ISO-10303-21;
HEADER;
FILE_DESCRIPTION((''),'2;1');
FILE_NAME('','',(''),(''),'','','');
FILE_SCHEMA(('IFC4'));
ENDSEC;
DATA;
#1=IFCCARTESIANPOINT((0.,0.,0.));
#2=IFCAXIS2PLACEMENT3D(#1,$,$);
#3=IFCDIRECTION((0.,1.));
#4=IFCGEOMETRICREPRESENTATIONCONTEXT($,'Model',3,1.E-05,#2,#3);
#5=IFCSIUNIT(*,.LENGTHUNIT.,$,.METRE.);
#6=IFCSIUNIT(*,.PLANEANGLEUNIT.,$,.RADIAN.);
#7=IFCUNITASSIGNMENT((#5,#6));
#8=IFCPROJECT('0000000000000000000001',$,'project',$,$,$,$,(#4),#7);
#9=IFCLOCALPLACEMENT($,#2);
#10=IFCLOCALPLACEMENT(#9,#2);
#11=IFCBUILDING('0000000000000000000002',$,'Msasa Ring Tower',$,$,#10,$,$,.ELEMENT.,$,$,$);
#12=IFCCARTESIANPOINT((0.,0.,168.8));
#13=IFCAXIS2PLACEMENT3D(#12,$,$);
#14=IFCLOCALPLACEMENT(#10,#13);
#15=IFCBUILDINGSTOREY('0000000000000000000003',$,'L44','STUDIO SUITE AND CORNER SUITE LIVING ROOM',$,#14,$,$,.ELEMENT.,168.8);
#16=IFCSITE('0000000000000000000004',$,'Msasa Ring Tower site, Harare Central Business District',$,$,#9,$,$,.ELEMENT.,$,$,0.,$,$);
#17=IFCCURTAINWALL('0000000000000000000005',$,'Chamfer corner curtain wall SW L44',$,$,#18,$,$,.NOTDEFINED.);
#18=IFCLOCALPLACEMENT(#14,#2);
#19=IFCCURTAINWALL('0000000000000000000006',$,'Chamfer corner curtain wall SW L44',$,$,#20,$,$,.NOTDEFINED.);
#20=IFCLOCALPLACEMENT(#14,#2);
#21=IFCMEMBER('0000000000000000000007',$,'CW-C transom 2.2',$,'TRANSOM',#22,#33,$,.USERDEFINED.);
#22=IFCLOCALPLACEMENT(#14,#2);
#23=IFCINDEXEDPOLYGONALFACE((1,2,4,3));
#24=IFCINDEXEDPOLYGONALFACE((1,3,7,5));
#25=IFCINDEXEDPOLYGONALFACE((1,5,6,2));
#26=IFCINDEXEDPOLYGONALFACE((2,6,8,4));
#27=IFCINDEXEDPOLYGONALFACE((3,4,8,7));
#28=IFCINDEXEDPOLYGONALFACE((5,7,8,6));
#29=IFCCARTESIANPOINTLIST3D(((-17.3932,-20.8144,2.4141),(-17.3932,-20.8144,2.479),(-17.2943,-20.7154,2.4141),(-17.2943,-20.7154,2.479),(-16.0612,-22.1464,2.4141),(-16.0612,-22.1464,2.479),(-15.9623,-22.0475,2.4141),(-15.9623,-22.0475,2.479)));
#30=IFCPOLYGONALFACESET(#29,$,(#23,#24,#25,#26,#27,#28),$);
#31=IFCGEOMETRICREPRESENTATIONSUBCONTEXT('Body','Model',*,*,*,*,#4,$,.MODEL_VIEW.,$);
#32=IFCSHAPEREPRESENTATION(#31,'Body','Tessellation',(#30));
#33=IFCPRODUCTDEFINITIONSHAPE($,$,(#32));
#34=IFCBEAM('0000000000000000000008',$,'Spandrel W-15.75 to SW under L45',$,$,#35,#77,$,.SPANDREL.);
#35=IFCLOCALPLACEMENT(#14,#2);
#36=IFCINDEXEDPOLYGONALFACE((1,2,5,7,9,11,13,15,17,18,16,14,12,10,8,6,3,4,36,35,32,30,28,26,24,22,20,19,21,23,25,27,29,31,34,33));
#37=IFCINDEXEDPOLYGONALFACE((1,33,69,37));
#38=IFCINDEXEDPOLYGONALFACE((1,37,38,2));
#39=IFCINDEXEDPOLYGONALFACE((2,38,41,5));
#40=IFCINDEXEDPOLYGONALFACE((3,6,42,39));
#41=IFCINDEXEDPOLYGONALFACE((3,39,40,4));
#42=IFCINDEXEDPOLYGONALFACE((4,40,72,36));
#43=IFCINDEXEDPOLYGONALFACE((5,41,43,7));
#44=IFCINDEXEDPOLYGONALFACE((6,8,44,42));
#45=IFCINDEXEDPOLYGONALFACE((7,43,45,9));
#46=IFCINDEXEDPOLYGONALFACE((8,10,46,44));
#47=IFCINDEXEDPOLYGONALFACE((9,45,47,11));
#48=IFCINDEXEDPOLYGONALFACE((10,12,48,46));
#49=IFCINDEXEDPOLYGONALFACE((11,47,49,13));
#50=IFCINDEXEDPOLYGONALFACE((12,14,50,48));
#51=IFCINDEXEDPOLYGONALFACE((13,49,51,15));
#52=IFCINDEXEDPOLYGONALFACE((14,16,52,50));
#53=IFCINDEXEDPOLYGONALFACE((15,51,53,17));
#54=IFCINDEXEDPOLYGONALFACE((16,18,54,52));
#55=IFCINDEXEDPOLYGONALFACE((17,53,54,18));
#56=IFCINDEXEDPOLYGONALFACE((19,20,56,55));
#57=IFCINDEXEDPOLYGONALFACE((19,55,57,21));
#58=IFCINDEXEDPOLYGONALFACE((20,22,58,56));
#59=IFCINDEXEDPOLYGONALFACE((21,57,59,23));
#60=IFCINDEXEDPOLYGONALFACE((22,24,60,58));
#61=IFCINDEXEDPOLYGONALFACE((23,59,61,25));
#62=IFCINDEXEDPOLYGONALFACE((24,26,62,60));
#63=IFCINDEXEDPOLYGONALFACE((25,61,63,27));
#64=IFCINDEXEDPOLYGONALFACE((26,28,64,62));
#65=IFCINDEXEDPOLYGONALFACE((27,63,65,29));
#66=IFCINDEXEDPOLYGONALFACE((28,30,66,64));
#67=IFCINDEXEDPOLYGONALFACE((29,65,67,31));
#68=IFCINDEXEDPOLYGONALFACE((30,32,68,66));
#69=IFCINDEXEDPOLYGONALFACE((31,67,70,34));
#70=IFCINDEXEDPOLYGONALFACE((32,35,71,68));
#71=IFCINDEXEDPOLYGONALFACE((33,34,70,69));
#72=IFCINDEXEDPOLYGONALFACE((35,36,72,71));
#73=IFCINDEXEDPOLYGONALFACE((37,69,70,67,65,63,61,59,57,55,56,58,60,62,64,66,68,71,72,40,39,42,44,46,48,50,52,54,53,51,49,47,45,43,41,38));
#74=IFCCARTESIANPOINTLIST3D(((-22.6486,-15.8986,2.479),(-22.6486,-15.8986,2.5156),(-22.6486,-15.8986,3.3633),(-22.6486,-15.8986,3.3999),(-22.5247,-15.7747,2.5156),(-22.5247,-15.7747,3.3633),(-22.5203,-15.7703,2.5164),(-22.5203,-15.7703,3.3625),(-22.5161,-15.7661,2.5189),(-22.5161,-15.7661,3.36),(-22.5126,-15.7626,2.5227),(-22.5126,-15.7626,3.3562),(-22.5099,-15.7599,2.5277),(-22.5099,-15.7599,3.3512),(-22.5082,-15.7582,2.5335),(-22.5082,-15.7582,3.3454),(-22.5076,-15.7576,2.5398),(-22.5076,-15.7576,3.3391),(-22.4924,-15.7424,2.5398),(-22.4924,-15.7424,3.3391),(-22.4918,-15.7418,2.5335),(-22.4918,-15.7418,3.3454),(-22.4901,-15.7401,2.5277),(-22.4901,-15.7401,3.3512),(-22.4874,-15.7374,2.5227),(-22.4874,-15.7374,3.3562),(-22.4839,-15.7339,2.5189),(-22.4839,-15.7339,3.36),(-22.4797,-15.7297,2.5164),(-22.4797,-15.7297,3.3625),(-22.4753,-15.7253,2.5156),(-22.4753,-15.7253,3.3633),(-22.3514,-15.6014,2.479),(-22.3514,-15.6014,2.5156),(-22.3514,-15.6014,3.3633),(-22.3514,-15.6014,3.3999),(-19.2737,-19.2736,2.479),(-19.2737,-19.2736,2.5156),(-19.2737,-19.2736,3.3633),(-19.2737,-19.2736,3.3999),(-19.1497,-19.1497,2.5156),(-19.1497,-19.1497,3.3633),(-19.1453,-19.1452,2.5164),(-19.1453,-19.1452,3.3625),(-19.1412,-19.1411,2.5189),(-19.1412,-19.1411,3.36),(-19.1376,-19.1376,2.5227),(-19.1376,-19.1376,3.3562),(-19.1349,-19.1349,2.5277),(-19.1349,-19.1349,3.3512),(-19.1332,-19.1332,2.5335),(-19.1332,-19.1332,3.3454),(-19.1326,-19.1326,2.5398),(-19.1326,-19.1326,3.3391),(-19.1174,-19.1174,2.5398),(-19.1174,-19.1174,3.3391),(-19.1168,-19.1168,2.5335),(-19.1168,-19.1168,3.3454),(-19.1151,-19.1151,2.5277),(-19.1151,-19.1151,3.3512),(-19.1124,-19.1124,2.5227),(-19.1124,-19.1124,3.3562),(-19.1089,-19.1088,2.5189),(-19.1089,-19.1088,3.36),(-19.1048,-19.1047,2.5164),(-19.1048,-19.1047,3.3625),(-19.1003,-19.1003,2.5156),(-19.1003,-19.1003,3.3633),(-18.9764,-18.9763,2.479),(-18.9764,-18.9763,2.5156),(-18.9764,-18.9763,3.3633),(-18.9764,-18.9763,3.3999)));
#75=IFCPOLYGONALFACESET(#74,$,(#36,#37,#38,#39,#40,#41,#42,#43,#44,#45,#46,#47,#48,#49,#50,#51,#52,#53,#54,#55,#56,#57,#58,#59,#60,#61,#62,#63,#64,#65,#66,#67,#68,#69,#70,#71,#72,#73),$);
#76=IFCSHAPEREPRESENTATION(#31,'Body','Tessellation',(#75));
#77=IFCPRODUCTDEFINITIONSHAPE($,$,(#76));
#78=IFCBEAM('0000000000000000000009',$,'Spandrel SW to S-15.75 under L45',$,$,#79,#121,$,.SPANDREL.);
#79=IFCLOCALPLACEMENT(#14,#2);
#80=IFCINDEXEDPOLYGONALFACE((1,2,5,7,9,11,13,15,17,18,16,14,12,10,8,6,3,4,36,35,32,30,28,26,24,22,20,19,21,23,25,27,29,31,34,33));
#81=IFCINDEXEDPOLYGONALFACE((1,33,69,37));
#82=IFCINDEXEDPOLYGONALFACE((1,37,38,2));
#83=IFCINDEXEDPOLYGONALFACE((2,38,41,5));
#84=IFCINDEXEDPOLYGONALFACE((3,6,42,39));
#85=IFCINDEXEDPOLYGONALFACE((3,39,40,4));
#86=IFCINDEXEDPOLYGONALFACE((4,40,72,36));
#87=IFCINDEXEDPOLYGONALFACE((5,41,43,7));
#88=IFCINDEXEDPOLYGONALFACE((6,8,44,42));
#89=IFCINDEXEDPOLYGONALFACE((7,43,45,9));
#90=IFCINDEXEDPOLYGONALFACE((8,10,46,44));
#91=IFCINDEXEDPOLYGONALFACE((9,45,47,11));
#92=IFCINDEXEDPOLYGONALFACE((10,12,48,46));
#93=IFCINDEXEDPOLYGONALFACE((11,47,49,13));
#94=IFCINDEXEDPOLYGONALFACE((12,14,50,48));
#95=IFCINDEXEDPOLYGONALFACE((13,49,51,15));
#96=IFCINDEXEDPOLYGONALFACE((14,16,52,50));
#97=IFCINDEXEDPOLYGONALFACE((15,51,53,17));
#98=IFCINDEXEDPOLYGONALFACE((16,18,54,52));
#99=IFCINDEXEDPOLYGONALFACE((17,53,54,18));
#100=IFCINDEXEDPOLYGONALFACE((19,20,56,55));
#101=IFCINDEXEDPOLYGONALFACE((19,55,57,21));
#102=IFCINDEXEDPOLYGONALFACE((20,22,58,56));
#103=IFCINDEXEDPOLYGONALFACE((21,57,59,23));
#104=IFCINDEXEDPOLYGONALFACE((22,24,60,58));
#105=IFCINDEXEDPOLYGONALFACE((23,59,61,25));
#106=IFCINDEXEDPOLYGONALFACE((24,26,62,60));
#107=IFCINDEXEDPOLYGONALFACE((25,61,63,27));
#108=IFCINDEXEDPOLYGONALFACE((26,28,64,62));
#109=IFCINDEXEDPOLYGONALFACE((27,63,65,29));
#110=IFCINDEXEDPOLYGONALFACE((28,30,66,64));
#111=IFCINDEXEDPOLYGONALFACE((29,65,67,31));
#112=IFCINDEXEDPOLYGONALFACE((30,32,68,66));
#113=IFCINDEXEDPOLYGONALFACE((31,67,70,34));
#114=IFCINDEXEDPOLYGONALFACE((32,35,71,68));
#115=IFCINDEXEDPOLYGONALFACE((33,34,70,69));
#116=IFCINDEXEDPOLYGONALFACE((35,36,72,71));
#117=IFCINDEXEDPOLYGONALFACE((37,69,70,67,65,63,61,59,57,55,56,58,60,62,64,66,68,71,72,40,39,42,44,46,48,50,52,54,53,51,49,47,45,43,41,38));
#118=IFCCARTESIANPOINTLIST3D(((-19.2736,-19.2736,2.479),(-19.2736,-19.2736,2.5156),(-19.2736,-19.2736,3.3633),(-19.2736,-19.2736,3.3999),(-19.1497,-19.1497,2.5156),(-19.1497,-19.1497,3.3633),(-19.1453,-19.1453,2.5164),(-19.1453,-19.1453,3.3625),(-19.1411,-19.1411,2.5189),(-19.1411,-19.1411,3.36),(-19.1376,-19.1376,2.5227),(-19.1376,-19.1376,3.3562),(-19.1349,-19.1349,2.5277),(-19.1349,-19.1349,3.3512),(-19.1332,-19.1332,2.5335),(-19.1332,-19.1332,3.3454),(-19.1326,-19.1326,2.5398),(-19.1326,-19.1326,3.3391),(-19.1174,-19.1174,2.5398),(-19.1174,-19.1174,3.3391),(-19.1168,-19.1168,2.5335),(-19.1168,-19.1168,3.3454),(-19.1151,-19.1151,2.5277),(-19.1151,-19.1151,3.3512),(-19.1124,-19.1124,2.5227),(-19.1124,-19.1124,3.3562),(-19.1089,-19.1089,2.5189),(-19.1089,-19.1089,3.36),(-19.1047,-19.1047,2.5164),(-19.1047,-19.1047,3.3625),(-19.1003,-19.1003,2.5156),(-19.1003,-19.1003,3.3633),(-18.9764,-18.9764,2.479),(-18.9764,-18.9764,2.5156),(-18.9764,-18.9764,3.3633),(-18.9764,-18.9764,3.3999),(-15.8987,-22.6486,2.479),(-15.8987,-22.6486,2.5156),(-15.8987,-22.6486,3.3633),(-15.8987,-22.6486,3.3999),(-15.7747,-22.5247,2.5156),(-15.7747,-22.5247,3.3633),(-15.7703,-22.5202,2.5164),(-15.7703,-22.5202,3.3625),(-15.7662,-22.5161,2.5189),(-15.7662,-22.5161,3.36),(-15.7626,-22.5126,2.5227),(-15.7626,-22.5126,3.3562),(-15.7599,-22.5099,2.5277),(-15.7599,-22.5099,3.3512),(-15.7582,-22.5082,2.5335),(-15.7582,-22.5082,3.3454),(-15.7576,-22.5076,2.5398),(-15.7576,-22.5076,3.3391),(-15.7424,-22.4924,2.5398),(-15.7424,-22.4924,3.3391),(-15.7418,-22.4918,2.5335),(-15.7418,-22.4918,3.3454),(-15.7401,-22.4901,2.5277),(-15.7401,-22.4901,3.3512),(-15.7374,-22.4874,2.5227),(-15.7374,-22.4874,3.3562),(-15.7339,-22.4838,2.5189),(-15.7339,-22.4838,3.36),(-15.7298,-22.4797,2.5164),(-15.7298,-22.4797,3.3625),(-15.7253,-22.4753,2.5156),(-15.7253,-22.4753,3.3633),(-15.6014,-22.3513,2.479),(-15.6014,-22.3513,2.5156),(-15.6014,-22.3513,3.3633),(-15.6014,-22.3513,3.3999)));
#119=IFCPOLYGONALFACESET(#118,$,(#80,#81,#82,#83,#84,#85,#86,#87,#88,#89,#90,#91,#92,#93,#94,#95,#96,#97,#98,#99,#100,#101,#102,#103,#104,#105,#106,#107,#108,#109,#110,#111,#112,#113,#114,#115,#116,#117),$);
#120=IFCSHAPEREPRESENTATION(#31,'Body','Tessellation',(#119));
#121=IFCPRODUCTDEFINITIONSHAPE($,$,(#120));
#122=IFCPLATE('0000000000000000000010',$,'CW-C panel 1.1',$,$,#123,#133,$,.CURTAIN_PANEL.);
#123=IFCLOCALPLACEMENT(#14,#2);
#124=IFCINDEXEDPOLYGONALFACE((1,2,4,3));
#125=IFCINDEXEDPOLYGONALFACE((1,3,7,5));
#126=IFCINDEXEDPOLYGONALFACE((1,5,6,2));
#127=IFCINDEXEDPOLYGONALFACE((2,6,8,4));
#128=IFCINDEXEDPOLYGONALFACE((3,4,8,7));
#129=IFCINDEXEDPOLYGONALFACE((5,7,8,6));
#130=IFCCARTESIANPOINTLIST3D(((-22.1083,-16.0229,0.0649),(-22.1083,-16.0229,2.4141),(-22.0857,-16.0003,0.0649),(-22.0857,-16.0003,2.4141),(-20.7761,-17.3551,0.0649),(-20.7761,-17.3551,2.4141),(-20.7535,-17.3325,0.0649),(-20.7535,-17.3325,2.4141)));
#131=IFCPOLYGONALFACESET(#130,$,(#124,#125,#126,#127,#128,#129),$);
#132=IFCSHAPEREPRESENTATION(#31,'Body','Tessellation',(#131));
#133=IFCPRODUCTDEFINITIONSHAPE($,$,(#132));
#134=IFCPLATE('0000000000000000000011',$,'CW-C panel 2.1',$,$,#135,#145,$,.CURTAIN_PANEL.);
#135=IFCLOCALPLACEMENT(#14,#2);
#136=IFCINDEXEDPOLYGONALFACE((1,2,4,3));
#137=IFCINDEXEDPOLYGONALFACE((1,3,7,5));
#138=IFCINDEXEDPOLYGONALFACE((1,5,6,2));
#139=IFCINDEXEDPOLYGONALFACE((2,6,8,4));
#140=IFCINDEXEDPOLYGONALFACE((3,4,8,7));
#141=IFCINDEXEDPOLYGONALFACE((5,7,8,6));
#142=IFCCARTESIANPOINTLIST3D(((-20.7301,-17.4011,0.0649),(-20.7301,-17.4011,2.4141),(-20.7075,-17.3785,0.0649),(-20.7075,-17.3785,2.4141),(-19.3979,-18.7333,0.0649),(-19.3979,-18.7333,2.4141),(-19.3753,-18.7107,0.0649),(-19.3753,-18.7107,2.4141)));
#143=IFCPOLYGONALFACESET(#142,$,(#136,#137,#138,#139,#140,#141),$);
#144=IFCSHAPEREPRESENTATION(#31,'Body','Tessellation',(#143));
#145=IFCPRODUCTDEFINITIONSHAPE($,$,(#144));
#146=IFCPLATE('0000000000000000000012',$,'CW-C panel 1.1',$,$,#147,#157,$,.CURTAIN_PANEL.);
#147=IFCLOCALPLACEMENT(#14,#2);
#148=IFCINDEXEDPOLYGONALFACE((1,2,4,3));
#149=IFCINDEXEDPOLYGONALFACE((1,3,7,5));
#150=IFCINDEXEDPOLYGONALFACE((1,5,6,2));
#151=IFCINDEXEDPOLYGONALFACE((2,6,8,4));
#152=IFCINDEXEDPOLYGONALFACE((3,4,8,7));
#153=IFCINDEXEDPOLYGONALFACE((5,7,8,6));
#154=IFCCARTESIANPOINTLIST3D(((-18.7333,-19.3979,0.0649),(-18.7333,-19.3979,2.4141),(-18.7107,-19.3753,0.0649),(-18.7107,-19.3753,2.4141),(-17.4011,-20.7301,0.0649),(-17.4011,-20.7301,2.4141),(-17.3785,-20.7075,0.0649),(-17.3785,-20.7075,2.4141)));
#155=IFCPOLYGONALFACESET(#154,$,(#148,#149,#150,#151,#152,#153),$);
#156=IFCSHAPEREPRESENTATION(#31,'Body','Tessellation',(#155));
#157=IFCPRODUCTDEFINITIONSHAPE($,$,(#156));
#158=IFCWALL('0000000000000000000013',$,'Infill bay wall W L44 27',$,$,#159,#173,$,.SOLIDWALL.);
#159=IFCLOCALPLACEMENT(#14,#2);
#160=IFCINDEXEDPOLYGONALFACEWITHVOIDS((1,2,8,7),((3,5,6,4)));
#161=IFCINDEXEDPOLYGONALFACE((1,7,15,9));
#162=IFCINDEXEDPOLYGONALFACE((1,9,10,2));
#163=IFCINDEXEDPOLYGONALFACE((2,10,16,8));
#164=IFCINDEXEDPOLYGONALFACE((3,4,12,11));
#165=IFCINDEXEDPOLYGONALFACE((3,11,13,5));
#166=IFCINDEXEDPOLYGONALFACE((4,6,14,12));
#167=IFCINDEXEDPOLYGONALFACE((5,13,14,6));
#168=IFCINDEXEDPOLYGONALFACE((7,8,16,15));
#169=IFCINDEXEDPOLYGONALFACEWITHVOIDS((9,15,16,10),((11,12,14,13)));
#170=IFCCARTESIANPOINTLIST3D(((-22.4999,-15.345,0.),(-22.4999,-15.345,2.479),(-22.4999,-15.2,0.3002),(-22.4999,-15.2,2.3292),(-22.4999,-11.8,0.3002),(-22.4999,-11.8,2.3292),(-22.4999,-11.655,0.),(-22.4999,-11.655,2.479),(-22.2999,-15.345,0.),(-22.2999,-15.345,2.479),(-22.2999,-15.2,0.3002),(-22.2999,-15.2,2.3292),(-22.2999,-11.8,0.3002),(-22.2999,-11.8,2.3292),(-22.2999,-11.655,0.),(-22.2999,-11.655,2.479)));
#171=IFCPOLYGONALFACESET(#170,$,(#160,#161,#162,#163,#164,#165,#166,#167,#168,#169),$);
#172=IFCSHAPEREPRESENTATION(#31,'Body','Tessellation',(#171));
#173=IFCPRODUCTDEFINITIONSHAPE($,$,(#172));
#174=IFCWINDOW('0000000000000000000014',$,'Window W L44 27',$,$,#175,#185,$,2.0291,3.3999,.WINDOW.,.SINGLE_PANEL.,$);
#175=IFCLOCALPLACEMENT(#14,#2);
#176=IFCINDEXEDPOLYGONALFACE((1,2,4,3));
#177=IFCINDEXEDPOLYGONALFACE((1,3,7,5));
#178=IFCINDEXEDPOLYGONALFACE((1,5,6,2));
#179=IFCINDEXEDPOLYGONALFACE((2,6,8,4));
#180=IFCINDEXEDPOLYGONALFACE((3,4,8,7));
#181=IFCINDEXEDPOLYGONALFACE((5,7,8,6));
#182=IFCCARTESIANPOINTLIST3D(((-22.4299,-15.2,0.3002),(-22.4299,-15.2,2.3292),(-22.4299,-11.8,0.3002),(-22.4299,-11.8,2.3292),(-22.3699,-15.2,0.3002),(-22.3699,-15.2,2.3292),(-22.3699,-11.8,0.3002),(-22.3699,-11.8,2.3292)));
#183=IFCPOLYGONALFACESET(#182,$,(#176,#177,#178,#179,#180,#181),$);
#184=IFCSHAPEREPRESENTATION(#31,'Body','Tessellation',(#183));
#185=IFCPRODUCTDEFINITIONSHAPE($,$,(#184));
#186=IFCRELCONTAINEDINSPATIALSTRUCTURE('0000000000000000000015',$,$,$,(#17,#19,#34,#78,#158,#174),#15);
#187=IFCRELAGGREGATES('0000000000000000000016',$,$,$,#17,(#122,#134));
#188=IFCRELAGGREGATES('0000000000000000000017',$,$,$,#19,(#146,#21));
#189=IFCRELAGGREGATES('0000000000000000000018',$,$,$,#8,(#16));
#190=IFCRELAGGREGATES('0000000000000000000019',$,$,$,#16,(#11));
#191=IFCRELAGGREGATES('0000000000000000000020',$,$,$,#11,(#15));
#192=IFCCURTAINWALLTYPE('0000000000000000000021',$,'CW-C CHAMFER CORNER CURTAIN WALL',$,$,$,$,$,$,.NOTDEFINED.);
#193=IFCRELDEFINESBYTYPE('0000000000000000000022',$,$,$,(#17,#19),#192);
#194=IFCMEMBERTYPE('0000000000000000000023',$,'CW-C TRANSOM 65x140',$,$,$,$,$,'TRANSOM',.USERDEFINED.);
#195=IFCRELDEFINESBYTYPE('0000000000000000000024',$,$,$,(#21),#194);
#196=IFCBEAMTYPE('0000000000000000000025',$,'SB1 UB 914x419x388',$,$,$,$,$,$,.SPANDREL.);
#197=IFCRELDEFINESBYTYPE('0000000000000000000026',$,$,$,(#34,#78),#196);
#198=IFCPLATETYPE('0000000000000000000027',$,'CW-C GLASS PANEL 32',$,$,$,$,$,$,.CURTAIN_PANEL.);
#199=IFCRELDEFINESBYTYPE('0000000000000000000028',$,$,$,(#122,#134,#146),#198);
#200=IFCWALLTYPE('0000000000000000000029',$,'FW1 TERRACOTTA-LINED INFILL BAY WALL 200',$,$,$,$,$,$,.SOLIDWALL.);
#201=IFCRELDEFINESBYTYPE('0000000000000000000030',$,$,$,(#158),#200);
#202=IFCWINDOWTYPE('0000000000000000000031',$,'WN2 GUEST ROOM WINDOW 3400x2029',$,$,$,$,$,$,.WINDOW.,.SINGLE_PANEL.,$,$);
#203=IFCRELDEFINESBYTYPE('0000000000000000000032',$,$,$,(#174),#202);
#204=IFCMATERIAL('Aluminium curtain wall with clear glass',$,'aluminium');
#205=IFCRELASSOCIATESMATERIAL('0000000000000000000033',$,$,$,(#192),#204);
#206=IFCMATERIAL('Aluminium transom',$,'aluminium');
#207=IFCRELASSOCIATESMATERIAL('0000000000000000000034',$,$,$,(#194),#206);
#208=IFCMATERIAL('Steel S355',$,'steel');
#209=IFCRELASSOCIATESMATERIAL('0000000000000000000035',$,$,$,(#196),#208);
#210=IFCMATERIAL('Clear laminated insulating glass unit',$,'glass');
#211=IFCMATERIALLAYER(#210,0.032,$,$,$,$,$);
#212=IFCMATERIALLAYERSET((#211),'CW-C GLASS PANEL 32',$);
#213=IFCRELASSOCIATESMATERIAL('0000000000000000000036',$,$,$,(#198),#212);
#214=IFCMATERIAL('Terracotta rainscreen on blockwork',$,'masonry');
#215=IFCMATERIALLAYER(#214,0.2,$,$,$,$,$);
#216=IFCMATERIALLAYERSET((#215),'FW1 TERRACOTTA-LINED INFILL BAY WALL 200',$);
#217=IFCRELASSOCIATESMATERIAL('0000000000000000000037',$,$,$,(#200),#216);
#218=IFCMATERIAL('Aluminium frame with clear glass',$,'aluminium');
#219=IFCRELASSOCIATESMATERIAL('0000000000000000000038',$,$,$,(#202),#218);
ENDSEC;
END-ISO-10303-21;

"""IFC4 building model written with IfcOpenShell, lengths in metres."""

from ifc_helpers import new_model, si_unit, direction, frame, frame_2d, origin, origin_2d, place, context, subcontext, project, spatial, rectangle, i_section, extrude, material, layer, layer_set, material_profile, profile_set, type_object, element, fill, aggregate, save


model = new_model("IFC4")

# Units and contexts
model_context = context("Model", 3, precision=1e-05, world=origin(), true_north=direction((0.0, 1.0)))
body_context = subcontext(model_context, "Body", "Model", "MODEL_VIEW")
ifc_project = project(units=[si_unit("LENGTHUNIT", "METRE"), si_unit("PLANEANGLEUNIT", "RADIAN")], contexts=[model_context])

# Site, building, storey
site_placement = place(None, origin())
site = spatial("IfcSite", under=ifc_project, at=site_placement, Name="Msasa Ring Tower site, Harare Central Business District", CompositionType="ELEMENT", RefElevation=0.0)
building_placement = place(site_placement, origin())
building = spatial("IfcBuilding", under=site, at=building_placement, Name="Msasa Ring Tower", CompositionType="ELEMENT")
storey_placement = place(building_placement, frame((0.0, 0.0, 168.8)))
storey = spatial("IfcBuildingStorey", under=building, at=storey_placement, Name="L44", Description="STUDIO SUITE AND CORNER SUITE LIVING ROOM", CompositionType="ELEMENT", Elevation=168.8)

# Curtain walls
ifc_material_1 = material(Name="Aluminium curtain wall with clear glass", Category="aluminium")
curtain_wall_type = type_object("IfcCurtainWallType", Name="CW-C CHAMFER CORNER CURTAIN WALL", PredefinedType="NOTDEFINED", material=ifc_material_1)
curtain_wall_1_placement = place(storey_placement, origin())
curtain_wall_1 = element("IfcCurtainWall", 1, at=curtain_wall_1_placement, inside=storey, type_object=curtain_wall_type, Name="Chamfer corner curtain wall SW L44", PredefinedType="NOTDEFINED")
curtain_wall_2_placement = place(storey_placement, origin())
curtain_wall_2 = element("IfcCurtainWall", 2, at=curtain_wall_2_placement, inside=storey, type_object=curtain_wall_type, Name="Chamfer corner curtain wall SW L44", PredefinedType="NOTDEFINED")

# Member
ifc_material_2 = material(Name="Aluminium transom", Category="aluminium")
ifc_material_profile_1 = material_profile(ifc_material_2, rectangle(XDim=0.1399, YDim=0.0649, at=origin_2d()), Name="AL 65x140")
ifc_profile_set_1 = profile_set([ifc_material_profile_1], Name="Aluminium transom")
member_type_1 = type_object("IfcMemberType", Name="CW-C TRANSOM 65x140", ElementType="TRANSOM", PredefinedType="USERDEFINED", material=ifc_profile_set_1)
member_1_placement = place(storey_placement, frame((-17.3438, -20.7649, 2.4465), z_axis=(0.707107, -0.707107, 0.0), x_axis=(0.707107, 0.707107, 0.0)))
member_1 = element("IfcMember", 3, at=member_1_placement, type_object=member_type_1, Name="CW-C transom 2.2", ObjectType="TRANSOM", PredefinedType="USERDEFINED", context=body_context, shape_type="SweptSolid", body=[
    extrude(rectangle(XDim=0.1399, YDim=0.0649, at=origin_2d()), origin(), (0.0, 0.0, 1.0), 1.8838),
])

# Beams
ifc_material_3 = material(Name="Steel S355", Category="steel")
ifc_material_profile_2 = material_profile(ifc_material_3, i_section(OverallWidth=0.4204, OverallDepth=0.9209, WebThickness=0.0215, FlangeThickness=0.0366, FilletRadius=0.0242, at=origin_2d()), Name="UB 914x419x388")
ifc_profile_set_2 = profile_set([ifc_material_profile_2], Name="Steel S355")
beam_type = type_object("IfcBeamType", Name="SB1 UB 914x419x388", PredefinedType="SPANDREL", material=ifc_profile_set_2)
for number, where, z_axis, x_axis, name in (
    (4, (-22.5, -15.75, 2.9395), (0.707107, -0.707107, 0.0), (0.707107, 0.707107, 0.0), "Spandrel W-15.75 to SW under L45"),
    (5, (-19.125, -19.125, 2.9395), (0.707107, -0.707107, 0.0), (0.707107, 0.707107, 0.0), "Spandrel SW to S-15.75 under L45"),
):
    element("IfcBeam", number, at=place(storey_placement, frame(where, z_axis=z_axis, x_axis=x_axis)), inside=storey, type_object=beam_type, Name=name, PredefinedType="SPANDREL", context=body_context, shape_type="SweptSolid", body=[
        extrude(i_section(OverallWidth=0.4204, OverallDepth=0.9209, WebThickness=0.0215, FlangeThickness=0.0366, FilletRadius=0.0242, at=origin_2d()), origin(), (0.0, 0.0, 1.0), 4.7729),
    ])

# Plates
ifc_material_4 = material(Name="Clear laminated insulating glass unit", Category="glass")
ifc_layer_1 = layer(ifc_material_4, 0.032)
ifc_layer_set_1 = layer_set([ifc_layer_1], Name="CW-C GLASS PANEL 32")
plate_type = type_object("IfcPlateType", Name="CW-C GLASS PANEL 32", PredefinedType="CURTAIN_PANEL", material=ifc_layer_set_1)
plate_1_placement = place(storey_placement, frame((-21.4309, -16.6777, 0.0649), z_axis=(0.0, 0.0, 1.0), x_axis=(0.707107, -0.707107, 0.0)))
plate_1 = element("IfcPlate", 6, at=plate_1_placement, type_object=plate_type, Name="CW-C panel 1.1", PredefinedType="CURTAIN_PANEL", context=body_context, shape_type="SweptSolid", body=[
    extrude(rectangle(XDim=1.884, YDim=0.032, at=origin_2d()), origin(), (0.0, 0.0, 1.0), 2.3491),
])
plate_2_placement = place(storey_placement, frame((-20.0527, -18.0559, 0.0649), z_axis=(0.0, 0.0, 1.0), x_axis=(0.707107, -0.707107, 0.0)))
plate_2 = element("IfcPlate", 7, at=plate_2_placement, type_object=plate_type, Name="CW-C panel 2.1", PredefinedType="CURTAIN_PANEL", context=body_context, shape_type="SweptSolid", body=[
    extrude(rectangle(XDim=1.884, YDim=0.032, at=origin_2d()), origin(), (0.0, 0.0, 1.0), 2.3491),
])
aggregate(curtain_wall_1, [plate_1, plate_2])
plate_3_placement = place(storey_placement, frame((-18.0559, -20.0527, 0.0649), z_axis=(0.0, 0.0, 1.0), x_axis=(0.707107, -0.707107, 0.0)))
plate_3 = element("IfcPlate", 8, at=plate_3_placement, type_object=plate_type, Name="CW-C panel 1.1", PredefinedType="CURTAIN_PANEL", context=body_context, shape_type="SweptSolid", body=[
    extrude(rectangle(XDim=1.884, YDim=0.032, at=origin_2d()), origin(), (0.0, 0.0, 1.0), 2.3491),
])
aggregate(curtain_wall_2, [plate_3, member_1])

# Wall, opening, window
ifc_material_5 = material(Name="Terracotta rainscreen on blockwork", Category="masonry")
ifc_layer_2 = layer(ifc_material_5, 0.2)
ifc_layer_set_2 = layer_set([ifc_layer_2], Name="FW1 TERRACOTTA-LINED INFILL BAY WALL 200")
wall_type_1 = type_object("IfcWallType", Name="FW1 TERRACOTTA-LINED INFILL BAY WALL 200", PredefinedType="SOLIDWALL", material=ifc_layer_set_2)
wall_1_placement = place(storey_placement, frame((-22.3999, -15.345, 0.0), z_axis=(0.0, 0.0, 1.0), x_axis=(0.0, 1.0, 0.0)))
wall_1 = element("IfcWall", 9, at=wall_1_placement, inside=storey, type_object=wall_type_1, Name="Infill bay wall W L44 27", PredefinedType="SOLIDWALL", context=body_context, shape_type="SweptSolid", body=[
    extrude(rectangle(XDim=3.6899, YDim=0.2, at=frame_2d((1.845, 0.0))), origin(), (0.0, 0.0, 1.0), 2.479),
])
opening_1_placement = place(wall_1_placement, frame((0.145, 0.0, 0.3)))
opening_1 = element("IfcOpeningElement", 10, at=opening_1_placement, cuts=wall_1, PredefinedType="OPENING", context=body_context, shape_type="SweptSolid", body=[
    extrude(rectangle(XDim=3.3999, YDim=2.0291, at=frame_2d((1.7, 1.0146))), frame((0.0, 0.1099, 0.0), z_axis=(0.0, -1.0, 0.0), x_axis=(1.0, 0.0, 0.0)), (0.0, 0.0, 1.0), 0.22),
])
ifc_material_6 = material(Name="Aluminium frame with clear glass", Category="aluminium")
window_type = type_object("IfcWindowType", Name="WN2 GUEST ROOM WINDOW 3400x2029", PartitioningType="SINGLE_PANEL", PredefinedType="WINDOW", material=ifc_material_6)
window_placement = place(opening_1_placement, origin())
window = element("IfcWindow", 11, at=window_placement, inside=storey, type_object=window_type, Name="Window W L44 27", OverallHeight=2.0291, OverallWidth=3.3999, PartitioningType="SINGLE_PANEL", PredefinedType="WINDOW", context=body_context, shape_type="SweptSolid", body=[
    extrude(rectangle(XDim=3.3999, YDim=2.0291, at=frame_2d((1.7, 1.0146))), frame((0.0, 0.03, 0.0), z_axis=(0.0, -1.0, 0.0), x_axis=(1.0, 0.0, 0.0)), (0.0, 0.0, 1.0), 0.0601),
])
fill(opening_1, window)

save(model, "model.ifc")
